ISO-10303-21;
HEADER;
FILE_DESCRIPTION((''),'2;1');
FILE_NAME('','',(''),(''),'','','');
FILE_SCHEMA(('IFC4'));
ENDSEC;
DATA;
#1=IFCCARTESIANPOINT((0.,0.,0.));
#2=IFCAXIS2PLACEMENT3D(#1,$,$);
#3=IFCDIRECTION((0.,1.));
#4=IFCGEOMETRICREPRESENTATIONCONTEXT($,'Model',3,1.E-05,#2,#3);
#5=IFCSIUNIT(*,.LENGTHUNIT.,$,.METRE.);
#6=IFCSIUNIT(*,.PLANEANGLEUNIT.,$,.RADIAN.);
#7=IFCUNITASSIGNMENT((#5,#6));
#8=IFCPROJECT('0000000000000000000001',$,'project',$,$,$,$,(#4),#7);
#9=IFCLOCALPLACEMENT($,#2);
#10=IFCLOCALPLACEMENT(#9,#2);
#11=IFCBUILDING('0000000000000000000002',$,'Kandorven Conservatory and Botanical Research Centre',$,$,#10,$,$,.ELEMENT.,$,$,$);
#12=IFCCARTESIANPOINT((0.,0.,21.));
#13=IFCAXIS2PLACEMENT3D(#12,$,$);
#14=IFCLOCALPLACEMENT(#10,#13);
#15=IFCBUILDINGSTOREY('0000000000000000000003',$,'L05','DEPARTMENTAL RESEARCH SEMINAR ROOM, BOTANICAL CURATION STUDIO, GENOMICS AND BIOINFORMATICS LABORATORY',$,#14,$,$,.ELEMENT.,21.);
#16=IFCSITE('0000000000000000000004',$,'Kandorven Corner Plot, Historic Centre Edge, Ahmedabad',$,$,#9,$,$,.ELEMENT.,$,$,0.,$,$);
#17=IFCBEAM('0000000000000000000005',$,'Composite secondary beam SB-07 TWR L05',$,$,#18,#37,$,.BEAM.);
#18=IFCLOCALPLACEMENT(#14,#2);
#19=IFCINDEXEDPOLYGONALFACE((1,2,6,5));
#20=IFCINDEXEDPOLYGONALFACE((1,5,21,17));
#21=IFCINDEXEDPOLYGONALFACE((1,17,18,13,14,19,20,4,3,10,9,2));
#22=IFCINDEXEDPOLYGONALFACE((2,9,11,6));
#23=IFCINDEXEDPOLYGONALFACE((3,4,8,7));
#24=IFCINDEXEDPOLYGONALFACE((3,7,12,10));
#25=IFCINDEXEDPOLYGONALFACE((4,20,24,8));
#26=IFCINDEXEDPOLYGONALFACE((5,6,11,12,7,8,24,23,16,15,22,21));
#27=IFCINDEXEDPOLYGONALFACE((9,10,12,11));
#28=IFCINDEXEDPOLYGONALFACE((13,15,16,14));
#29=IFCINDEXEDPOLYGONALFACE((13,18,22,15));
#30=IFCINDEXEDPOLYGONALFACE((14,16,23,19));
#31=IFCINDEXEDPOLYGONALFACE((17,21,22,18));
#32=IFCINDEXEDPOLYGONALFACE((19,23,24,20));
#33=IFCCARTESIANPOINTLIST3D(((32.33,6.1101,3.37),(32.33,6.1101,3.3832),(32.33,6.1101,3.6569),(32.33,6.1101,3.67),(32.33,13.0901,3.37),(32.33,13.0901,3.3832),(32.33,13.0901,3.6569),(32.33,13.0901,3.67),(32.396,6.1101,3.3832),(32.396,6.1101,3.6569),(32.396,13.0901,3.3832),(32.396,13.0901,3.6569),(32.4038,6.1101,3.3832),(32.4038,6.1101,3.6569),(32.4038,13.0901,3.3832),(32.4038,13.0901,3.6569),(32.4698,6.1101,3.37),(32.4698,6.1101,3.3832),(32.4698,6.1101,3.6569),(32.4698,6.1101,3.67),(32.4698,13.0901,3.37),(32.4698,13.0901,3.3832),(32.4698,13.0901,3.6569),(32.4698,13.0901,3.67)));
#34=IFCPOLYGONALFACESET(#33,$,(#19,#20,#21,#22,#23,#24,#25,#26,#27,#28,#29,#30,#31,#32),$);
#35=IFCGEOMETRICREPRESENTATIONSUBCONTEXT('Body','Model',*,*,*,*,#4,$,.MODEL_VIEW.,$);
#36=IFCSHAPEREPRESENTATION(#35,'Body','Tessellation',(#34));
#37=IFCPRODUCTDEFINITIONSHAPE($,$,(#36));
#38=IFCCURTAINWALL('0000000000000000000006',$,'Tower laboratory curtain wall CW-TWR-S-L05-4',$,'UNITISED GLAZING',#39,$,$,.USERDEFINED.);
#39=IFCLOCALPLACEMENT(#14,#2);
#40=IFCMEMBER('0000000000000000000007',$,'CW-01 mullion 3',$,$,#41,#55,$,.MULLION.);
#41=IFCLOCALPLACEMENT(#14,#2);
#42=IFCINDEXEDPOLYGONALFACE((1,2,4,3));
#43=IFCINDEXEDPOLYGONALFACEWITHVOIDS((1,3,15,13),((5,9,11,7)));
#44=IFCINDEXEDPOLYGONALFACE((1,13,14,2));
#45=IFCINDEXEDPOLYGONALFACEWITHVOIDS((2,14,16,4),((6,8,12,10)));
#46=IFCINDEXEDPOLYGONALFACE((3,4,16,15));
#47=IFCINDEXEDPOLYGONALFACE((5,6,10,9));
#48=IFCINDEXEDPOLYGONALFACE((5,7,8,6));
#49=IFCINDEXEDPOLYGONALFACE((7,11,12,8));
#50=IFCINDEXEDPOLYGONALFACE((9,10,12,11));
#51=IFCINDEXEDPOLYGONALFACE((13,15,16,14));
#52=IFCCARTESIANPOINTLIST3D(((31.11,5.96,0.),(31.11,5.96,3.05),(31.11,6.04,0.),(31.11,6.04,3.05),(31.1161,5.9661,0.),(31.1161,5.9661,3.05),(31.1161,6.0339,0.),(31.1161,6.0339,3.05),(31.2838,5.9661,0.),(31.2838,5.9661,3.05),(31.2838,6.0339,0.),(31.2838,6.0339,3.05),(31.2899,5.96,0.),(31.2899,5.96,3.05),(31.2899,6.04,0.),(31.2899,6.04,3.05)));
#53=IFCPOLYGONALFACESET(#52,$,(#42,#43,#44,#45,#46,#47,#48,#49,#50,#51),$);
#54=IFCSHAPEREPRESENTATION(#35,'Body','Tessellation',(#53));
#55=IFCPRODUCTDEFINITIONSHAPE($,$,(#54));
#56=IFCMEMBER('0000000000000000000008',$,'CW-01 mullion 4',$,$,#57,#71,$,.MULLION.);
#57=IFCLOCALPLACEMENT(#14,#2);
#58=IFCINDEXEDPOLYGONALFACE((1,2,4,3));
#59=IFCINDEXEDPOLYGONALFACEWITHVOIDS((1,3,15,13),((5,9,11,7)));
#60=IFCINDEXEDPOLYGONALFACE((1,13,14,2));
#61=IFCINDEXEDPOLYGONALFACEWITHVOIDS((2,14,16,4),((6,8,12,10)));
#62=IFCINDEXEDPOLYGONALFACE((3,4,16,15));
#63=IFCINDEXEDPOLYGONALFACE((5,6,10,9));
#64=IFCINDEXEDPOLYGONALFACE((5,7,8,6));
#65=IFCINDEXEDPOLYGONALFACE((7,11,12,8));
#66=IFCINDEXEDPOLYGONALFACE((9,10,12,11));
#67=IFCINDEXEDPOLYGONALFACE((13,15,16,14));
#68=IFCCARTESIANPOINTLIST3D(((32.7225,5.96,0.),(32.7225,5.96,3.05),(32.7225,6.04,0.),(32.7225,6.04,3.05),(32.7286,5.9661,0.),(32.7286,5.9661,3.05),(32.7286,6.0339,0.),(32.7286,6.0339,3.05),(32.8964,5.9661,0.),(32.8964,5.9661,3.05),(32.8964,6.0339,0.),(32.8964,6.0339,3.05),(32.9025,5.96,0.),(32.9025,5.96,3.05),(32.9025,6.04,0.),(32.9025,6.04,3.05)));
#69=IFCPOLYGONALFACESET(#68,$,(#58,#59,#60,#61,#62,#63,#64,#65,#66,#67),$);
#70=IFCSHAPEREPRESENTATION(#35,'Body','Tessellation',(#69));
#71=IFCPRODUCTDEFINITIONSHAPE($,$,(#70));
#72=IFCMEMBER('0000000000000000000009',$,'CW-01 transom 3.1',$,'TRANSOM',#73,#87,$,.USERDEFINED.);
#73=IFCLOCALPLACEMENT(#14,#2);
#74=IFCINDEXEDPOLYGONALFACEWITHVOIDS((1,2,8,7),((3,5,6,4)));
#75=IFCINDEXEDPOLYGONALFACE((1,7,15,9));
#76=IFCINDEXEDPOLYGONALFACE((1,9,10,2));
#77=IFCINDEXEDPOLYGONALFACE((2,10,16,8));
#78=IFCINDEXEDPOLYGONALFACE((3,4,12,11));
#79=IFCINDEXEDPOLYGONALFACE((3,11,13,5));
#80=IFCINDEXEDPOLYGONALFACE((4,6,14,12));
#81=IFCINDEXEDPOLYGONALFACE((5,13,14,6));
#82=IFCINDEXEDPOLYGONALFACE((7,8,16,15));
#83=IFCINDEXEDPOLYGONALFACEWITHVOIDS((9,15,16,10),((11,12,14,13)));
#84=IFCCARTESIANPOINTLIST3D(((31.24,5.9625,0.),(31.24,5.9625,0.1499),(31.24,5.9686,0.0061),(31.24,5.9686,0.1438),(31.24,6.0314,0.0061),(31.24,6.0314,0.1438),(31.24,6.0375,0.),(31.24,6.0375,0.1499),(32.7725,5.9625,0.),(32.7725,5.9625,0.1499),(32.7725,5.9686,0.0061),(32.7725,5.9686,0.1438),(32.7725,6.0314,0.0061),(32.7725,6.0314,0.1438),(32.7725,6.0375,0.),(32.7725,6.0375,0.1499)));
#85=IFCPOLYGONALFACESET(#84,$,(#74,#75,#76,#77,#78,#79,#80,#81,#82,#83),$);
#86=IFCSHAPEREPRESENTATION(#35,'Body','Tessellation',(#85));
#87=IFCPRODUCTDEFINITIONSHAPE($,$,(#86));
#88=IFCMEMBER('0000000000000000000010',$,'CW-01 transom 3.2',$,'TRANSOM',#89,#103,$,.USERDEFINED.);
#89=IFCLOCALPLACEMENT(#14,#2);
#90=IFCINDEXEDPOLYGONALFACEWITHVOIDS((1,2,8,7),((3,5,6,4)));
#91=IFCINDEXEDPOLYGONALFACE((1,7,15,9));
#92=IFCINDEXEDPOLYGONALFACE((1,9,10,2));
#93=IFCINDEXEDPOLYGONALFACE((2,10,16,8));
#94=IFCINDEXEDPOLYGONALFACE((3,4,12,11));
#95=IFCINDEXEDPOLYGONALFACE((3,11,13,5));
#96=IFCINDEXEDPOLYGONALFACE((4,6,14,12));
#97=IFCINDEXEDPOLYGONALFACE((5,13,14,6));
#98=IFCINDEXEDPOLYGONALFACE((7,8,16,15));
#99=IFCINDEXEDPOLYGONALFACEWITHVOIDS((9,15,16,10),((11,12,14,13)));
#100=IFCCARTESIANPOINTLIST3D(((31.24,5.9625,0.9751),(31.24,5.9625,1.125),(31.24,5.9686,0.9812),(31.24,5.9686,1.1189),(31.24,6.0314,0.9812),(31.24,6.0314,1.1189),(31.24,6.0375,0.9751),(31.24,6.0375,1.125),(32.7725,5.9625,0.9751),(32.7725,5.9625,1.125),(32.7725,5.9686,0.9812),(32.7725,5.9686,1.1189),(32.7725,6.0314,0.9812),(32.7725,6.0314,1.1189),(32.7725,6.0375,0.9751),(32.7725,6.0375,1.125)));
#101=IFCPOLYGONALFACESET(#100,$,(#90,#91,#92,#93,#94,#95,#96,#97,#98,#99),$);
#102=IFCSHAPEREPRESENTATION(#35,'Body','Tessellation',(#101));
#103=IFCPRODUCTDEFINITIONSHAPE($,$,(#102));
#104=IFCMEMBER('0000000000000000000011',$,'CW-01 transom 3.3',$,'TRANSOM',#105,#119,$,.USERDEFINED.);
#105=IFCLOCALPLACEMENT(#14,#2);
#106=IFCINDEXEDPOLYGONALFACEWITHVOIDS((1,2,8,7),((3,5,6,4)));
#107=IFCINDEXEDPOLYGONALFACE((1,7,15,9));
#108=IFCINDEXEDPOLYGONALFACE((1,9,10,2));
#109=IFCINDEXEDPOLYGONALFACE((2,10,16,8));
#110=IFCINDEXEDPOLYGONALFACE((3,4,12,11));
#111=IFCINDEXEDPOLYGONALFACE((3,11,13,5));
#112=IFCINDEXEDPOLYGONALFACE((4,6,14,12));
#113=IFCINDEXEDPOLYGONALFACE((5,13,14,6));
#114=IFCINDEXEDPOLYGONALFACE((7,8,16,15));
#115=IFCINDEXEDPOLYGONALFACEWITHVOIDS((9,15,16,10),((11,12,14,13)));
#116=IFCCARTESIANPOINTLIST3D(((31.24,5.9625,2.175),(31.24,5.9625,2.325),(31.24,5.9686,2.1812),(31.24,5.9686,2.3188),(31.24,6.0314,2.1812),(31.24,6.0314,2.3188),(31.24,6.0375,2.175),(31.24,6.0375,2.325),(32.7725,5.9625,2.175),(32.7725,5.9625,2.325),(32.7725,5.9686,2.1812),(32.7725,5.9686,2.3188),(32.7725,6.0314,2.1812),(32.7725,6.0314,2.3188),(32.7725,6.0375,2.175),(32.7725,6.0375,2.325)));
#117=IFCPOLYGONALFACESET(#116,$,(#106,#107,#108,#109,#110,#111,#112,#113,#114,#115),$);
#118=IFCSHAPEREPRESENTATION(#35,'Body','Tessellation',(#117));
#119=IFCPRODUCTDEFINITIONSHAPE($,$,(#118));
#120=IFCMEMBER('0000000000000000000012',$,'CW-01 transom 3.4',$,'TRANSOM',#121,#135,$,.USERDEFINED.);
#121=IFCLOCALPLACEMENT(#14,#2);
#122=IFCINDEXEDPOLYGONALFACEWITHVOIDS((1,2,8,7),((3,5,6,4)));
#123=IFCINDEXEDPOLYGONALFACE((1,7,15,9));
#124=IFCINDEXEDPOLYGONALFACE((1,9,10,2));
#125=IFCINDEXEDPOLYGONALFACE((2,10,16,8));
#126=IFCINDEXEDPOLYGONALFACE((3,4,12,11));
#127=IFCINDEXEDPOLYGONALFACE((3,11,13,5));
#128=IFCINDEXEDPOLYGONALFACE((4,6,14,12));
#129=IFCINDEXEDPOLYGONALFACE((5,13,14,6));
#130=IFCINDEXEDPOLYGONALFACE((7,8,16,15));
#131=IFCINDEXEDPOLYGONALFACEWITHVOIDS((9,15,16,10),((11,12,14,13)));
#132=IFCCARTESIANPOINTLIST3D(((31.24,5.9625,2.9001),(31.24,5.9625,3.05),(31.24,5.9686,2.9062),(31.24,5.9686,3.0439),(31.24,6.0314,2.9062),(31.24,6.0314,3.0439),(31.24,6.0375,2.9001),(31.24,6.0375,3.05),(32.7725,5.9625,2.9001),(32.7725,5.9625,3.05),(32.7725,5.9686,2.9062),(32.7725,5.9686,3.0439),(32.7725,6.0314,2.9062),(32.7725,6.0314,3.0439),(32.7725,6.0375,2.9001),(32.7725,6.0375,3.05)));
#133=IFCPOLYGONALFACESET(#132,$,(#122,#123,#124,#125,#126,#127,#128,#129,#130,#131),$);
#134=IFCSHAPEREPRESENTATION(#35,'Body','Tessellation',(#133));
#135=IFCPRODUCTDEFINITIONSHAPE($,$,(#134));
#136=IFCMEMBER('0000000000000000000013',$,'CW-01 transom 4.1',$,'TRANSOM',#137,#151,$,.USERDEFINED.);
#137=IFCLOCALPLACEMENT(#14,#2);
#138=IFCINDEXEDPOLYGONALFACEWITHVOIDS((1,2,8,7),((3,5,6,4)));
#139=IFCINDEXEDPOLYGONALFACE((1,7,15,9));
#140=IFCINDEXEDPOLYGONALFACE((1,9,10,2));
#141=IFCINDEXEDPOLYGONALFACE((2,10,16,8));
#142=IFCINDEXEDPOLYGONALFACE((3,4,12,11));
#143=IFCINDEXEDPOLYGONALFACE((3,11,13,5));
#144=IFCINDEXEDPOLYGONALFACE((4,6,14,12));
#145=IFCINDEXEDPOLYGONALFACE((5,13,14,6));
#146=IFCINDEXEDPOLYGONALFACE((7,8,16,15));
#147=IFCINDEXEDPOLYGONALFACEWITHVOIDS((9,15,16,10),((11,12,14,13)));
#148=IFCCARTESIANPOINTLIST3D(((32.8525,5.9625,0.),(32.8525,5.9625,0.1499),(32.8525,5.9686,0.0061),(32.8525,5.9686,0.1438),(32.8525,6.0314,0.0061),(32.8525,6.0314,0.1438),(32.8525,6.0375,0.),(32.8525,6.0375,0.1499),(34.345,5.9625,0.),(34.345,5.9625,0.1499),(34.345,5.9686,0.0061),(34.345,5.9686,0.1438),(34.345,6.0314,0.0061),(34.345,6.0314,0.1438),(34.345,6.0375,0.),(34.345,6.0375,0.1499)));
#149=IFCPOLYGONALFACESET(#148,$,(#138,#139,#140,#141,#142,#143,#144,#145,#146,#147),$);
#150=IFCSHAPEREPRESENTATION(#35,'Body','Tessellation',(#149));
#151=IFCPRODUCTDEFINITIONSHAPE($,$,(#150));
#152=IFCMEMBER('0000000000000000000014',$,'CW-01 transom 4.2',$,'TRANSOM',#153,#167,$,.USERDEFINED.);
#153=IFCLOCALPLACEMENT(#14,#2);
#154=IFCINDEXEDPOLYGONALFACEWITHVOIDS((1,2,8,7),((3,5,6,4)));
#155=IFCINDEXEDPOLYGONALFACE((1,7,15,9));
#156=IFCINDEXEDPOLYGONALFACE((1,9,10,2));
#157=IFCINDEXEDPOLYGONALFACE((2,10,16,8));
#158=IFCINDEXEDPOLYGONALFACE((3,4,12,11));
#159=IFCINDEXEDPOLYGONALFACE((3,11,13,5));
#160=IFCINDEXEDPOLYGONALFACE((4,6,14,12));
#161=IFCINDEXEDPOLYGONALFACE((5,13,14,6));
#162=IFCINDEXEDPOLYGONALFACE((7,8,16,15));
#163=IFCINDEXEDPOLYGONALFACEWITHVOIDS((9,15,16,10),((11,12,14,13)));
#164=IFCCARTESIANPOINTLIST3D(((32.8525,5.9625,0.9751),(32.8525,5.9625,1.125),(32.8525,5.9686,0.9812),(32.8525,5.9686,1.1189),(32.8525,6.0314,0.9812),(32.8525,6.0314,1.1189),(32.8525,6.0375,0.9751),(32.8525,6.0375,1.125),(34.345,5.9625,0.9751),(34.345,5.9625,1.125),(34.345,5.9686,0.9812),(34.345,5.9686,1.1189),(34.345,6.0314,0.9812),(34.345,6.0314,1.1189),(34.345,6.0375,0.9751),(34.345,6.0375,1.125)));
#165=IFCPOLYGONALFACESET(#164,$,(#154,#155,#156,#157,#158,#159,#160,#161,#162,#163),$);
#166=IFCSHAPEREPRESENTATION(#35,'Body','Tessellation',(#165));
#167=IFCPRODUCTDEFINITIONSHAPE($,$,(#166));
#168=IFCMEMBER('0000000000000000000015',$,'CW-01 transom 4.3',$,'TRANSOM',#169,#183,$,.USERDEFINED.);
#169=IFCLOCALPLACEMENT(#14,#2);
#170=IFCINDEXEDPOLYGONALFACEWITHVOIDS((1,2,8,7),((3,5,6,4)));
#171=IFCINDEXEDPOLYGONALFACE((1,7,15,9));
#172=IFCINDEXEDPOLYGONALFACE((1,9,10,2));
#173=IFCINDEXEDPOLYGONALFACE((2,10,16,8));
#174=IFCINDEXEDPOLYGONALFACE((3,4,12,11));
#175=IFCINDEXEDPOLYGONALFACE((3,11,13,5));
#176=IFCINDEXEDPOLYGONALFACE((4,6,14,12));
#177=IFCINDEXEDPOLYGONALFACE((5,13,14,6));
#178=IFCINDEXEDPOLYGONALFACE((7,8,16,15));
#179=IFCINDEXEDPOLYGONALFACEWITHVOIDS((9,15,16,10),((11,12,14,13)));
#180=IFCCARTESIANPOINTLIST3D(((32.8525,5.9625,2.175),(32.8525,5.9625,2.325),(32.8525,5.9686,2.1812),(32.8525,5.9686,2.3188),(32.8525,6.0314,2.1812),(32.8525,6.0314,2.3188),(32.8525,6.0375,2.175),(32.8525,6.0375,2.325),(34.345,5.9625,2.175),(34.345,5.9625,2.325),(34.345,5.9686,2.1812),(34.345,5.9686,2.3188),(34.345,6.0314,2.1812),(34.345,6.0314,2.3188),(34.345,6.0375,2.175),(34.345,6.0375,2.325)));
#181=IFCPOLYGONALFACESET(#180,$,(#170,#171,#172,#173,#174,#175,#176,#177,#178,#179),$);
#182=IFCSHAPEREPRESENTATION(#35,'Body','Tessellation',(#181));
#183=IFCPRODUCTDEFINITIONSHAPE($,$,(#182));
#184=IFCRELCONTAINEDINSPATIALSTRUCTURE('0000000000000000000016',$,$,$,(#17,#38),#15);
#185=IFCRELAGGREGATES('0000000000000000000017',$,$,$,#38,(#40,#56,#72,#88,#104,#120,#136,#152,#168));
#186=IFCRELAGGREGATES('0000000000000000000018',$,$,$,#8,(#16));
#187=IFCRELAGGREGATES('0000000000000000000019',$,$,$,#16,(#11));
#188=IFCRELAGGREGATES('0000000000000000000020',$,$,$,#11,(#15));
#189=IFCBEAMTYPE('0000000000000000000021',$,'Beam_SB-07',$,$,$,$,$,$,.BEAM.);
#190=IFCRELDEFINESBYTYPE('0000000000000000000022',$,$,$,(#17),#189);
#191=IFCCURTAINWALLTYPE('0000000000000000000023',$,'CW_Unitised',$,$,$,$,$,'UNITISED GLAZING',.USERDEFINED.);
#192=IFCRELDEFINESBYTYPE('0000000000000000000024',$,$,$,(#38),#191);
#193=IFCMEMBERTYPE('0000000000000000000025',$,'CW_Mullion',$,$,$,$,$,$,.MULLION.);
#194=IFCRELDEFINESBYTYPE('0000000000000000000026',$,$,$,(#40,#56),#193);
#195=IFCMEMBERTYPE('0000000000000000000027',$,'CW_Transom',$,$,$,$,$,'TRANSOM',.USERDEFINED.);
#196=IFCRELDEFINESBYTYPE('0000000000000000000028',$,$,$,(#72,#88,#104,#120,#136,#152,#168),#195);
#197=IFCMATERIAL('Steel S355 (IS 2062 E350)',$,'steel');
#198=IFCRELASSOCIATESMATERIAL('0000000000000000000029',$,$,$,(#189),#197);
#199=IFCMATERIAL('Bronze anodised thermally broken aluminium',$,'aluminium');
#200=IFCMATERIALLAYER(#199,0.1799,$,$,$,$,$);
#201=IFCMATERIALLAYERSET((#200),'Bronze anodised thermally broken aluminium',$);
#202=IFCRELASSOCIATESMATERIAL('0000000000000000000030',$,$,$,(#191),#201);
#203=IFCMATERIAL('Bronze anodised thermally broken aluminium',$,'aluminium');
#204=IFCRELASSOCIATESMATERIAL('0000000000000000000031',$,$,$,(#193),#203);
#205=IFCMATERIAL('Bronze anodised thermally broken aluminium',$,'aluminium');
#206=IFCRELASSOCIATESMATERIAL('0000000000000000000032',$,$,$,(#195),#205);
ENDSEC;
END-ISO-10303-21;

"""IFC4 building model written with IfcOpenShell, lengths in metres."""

from ifc_helpers import new_model, si_unit, direction, frame, origin, origin_2d, place, context, subcontext, project, spatial, hollow_rectangle, i_section, extrude, material, layer, layer_set, material_profile, profile_set, type_object, element, aggregate, save


model = new_model("IFC4")

# Units and contexts
model_context = context("Model", 3, precision=1e-05, world=origin(), true_north=direction((0.0, 1.0)))
body_context = subcontext(model_context, "Body", "Model", "MODEL_VIEW")
ifc_project = project(units=[si_unit("LENGTHUNIT", "METRE"), si_unit("PLANEANGLEUNIT", "RADIAN")], contexts=[model_context])

# Site, building, storey
site_placement = place(None, origin())
site = spatial("IfcSite", under=ifc_project, at=site_placement, Name="Kandorven Corner Plot, Historic Centre Edge, Ahmedabad", CompositionType="ELEMENT", RefElevation=0.0)
building_placement = place(site_placement, origin())
building = spatial("IfcBuilding", under=site, at=building_placement, Name="Kandorven Conservatory and Botanical Research Centre", CompositionType="ELEMENT")
storey_placement = place(building_placement, frame((0.0, 0.0, 21.0)))
storey = spatial("IfcBuildingStorey", under=building, at=storey_placement, Name="L05", Description="DEPARTMENTAL RESEARCH SEMINAR ROOM, BOTANICAL CURATION STUDIO, GENOMICS AND BIOINFORMATICS LABORATORY", CompositionType="ELEMENT", Elevation=21.0)

# Beam
ifc_material_1 = material(Name="Steel S355 (IS 2062 E350)", Category="steel")
ifc_material_profile_1 = material_profile(ifc_material_1, i_section(OverallWidth=0.1399, OverallDepth=0.3, WebThickness=0.0078, FlangeThickness=0.0132, at=origin_2d()))
ifc_profile_set_1 = profile_set([ifc_material_profile_1], Name="Steel S355 (IS 2062 E350)")
beam_type = type_object("IfcBeamType", Name="Beam_SB-07", PredefinedType="BEAM", material=ifc_profile_set_1)
beam_placement = place(storey_placement, frame((32.3999, 6.1101, 3.52), z_axis=(0.0, 1.0, 0.0), x_axis=(-1.0, 0.0, 0.0)))
element("IfcBeam", 1, at=beam_placement, inside=storey, type_object=beam_type, Name="Composite secondary beam SB-07 TWR L05", PredefinedType="BEAM", context=body_context, shape_type="SweptSolid", body=[
    extrude(i_section(OverallWidth=0.1399, OverallDepth=0.3, WebThickness=0.0078, FlangeThickness=0.0132, at=origin_2d()), origin(), (0.0, 0.0, 1.0), 6.98),
])

# Curtain wall, members
ifc_material_2 = material(Name="Bronze anodised thermally broken aluminium", Category="aluminium")
ifc_layer_1 = layer(ifc_material_2, 0.1799)
ifc_layer_set_1 = layer_set([ifc_layer_1], Name="Bronze anodised thermally broken aluminium")
curtain_wall_type = type_object("IfcCurtainWallType", Name="CW_Unitised", ElementType="UNITISED GLAZING", PredefinedType="USERDEFINED", material=ifc_layer_set_1)
curtain_wall_placement = place(storey_placement, origin())
curtain_wall = element("IfcCurtainWall", 2, at=curtain_wall_placement, inside=storey, type_object=curtain_wall_type, Name="Tower laboratory curtain wall CW-TWR-S-L05-4", ObjectType="UNITISED GLAZING", PredefinedType="USERDEFINED")
ifc_material_3 = material(Name="Bronze anodised thermally broken aluminium", Category="aluminium")
ifc_material_profile_2 = material_profile(ifc_material_3, hollow_rectangle(XDim=0.0801, YDim=0.1799, WallThickness=0.0061, at=origin_2d()))
ifc_profile_set_2 = profile_set([ifc_material_profile_2], Name="Bronze anodised thermally broken aluminium")
member_type_1 = type_object("IfcMemberType", Name="CW_Mullion", PredefinedType="MULLION", material=ifc_profile_set_2)
member_1_placement = place(storey_placement, frame((31.2, 6.0, 0.0), z_axis=(0.0, 0.0, 1.0), x_axis=(0.0, 1.0, 0.0)))
member_1 = element("IfcMember", 3, at=member_1_placement, type_object=member_type_1, Name="CW-01 mullion 3", PredefinedType="MULLION", context=body_context, shape_type="SweptSolid", body=[
    extrude(hollow_rectangle(XDim=0.0801, YDim=0.1799, WallThickness=0.0061, at=origin_2d()), origin(), (0.0, 0.0, 1.0), 3.05),
])
member_2_placement = place(storey_placement, frame((32.8125, 6.0, 0.0), z_axis=(0.0, 0.0, 1.0), x_axis=(0.0, 1.0, 0.0)))
member_2 = element("IfcMember", 4, at=member_2_placement, type_object=member_type_1, Name="CW-01 mullion 4", PredefinedType="MULLION", context=body_context, shape_type="SweptSolid", body=[
    extrude(hollow_rectangle(XDim=0.0801, YDim=0.1799, WallThickness=0.0061, at=origin_2d()), origin(), (0.0, 0.0, 1.0), 3.05),
])
ifc_material_4 = material(Name="Bronze anodised thermally broken aluminium", Category="aluminium")
ifc_material_profile_3 = material_profile(ifc_material_4, hollow_rectangle(XDim=0.075, YDim=0.1499, WallThickness=0.0061, at=origin_2d()))
ifc_profile_set_3 = profile_set([ifc_material_profile_3], Name="Bronze anodised thermally broken aluminium")
member_type_2 = type_object("IfcMemberType", Name="CW_Transom", ElementType="TRANSOM", PredefinedType="USERDEFINED", material=ifc_profile_set_3)
member_3_placement = place(storey_placement, frame((31.24, 6.0, 0.075), z_axis=(1.0, 0.0, 0.0), x_axis=(0.0, 1.0, 0.0)))
member_3 = element("IfcMember", 5, at=member_3_placement, type_object=member_type_2, Name="CW-01 transom 3.1", ObjectType="TRANSOM", PredefinedType="USERDEFINED", context=body_context, shape_type="SweptSolid", body=[
    extrude(hollow_rectangle(XDim=0.075, YDim=0.1499, WallThickness=0.0061, at=origin_2d()), origin(), (0.0, 0.0, 1.0), 1.5325),
])
member_4_placement = place(storey_placement, frame((31.24, 6.0, 1.05), z_axis=(1.0, 0.0, 0.0), x_axis=(0.0, 1.0, 0.0)))
member_4 = element("IfcMember", 6, at=member_4_placement, type_object=member_type_2, Name="CW-01 transom 3.2", ObjectType="TRANSOM", PredefinedType="USERDEFINED", context=body_context, shape_type="SweptSolid", body=[
    extrude(hollow_rectangle(XDim=0.075, YDim=0.1499, WallThickness=0.0061, at=origin_2d()), origin(), (0.0, 0.0, 1.0), 1.5325),
])
member_5_placement = place(storey_placement, frame((31.24, 6.0, 2.25), z_axis=(1.0, 0.0, 0.0), x_axis=(0.0, 1.0, 0.0)))
member_5 = element("IfcMember", 7, at=member_5_placement, type_object=member_type_2, Name="CW-01 transom 3.3", ObjectType="TRANSOM", PredefinedType="USERDEFINED", context=body_context, shape_type="SweptSolid", body=[
    extrude(hollow_rectangle(XDim=0.075, YDim=0.1499, WallThickness=0.0061, at=origin_2d()), origin(), (0.0, 0.0, 1.0), 1.5325),
])
member_6_placement = place(storey_placement, frame((31.24, 6.0, 2.9751), z_axis=(1.0, 0.0, 0.0), x_axis=(0.0, 1.0, 0.0)))
member_6 = element("IfcMember", 8, at=member_6_placement, type_object=member_type_2, Name="CW-01 transom 3.4", ObjectType="TRANSOM", PredefinedType="USERDEFINED", context=body_context, shape_type="SweptSolid", body=[
    extrude(hollow_rectangle(XDim=0.075, YDim=0.1499, WallThickness=0.0061, at=origin_2d()), origin(), (0.0, 0.0, 1.0), 1.5325),
])
member_7_placement = place(storey_placement, frame((32.8525, 6.0, 0.075), z_axis=(1.0, 0.0, 0.0), x_axis=(0.0, 1.0, 0.0)))
member_7 = element("IfcMember", 9, at=member_7_placement, type_object=member_type_2, Name="CW-01 transom 4.1", ObjectType="TRANSOM", PredefinedType="USERDEFINED", context=body_context, shape_type="SweptSolid", body=[
    extrude(hollow_rectangle(XDim=0.075, YDim=0.1499, WallThickness=0.0061, at=origin_2d()), origin(), (0.0, 0.0, 1.0), 1.4924),
])
member_8_placement = place(storey_placement, frame((32.8525, 6.0, 1.05), z_axis=(1.0, 0.0, 0.0), x_axis=(0.0, 1.0, 0.0)))
member_8 = element("IfcMember", 10, at=member_8_placement, type_object=member_type_2, Name="CW-01 transom 4.2", ObjectType="TRANSOM", PredefinedType="USERDEFINED", context=body_context, shape_type="SweptSolid", body=[
    extrude(hollow_rectangle(XDim=0.075, YDim=0.1499, WallThickness=0.0061, at=origin_2d()), origin(), (0.0, 0.0, 1.0), 1.4924),
])
member_9_placement = place(storey_placement, frame((32.8525, 6.0, 2.25), z_axis=(1.0, 0.0, 0.0), x_axis=(0.0, 1.0, 0.0)))
member_9 = element("IfcMember", 11, at=member_9_placement, type_object=member_type_2, Name="CW-01 transom 4.3", ObjectType="TRANSOM", PredefinedType="USERDEFINED", context=body_context, shape_type="SweptSolid", body=[
    extrude(hollow_rectangle(XDim=0.075, YDim=0.1499, WallThickness=0.0061, at=origin_2d()), origin(), (0.0, 0.0, 1.0), 1.4924),
])
aggregate(curtain_wall, [member_1, member_2, member_3, member_4, member_5, member_6, member_7, member_8, member_9])

save(model, "model.ifc")
